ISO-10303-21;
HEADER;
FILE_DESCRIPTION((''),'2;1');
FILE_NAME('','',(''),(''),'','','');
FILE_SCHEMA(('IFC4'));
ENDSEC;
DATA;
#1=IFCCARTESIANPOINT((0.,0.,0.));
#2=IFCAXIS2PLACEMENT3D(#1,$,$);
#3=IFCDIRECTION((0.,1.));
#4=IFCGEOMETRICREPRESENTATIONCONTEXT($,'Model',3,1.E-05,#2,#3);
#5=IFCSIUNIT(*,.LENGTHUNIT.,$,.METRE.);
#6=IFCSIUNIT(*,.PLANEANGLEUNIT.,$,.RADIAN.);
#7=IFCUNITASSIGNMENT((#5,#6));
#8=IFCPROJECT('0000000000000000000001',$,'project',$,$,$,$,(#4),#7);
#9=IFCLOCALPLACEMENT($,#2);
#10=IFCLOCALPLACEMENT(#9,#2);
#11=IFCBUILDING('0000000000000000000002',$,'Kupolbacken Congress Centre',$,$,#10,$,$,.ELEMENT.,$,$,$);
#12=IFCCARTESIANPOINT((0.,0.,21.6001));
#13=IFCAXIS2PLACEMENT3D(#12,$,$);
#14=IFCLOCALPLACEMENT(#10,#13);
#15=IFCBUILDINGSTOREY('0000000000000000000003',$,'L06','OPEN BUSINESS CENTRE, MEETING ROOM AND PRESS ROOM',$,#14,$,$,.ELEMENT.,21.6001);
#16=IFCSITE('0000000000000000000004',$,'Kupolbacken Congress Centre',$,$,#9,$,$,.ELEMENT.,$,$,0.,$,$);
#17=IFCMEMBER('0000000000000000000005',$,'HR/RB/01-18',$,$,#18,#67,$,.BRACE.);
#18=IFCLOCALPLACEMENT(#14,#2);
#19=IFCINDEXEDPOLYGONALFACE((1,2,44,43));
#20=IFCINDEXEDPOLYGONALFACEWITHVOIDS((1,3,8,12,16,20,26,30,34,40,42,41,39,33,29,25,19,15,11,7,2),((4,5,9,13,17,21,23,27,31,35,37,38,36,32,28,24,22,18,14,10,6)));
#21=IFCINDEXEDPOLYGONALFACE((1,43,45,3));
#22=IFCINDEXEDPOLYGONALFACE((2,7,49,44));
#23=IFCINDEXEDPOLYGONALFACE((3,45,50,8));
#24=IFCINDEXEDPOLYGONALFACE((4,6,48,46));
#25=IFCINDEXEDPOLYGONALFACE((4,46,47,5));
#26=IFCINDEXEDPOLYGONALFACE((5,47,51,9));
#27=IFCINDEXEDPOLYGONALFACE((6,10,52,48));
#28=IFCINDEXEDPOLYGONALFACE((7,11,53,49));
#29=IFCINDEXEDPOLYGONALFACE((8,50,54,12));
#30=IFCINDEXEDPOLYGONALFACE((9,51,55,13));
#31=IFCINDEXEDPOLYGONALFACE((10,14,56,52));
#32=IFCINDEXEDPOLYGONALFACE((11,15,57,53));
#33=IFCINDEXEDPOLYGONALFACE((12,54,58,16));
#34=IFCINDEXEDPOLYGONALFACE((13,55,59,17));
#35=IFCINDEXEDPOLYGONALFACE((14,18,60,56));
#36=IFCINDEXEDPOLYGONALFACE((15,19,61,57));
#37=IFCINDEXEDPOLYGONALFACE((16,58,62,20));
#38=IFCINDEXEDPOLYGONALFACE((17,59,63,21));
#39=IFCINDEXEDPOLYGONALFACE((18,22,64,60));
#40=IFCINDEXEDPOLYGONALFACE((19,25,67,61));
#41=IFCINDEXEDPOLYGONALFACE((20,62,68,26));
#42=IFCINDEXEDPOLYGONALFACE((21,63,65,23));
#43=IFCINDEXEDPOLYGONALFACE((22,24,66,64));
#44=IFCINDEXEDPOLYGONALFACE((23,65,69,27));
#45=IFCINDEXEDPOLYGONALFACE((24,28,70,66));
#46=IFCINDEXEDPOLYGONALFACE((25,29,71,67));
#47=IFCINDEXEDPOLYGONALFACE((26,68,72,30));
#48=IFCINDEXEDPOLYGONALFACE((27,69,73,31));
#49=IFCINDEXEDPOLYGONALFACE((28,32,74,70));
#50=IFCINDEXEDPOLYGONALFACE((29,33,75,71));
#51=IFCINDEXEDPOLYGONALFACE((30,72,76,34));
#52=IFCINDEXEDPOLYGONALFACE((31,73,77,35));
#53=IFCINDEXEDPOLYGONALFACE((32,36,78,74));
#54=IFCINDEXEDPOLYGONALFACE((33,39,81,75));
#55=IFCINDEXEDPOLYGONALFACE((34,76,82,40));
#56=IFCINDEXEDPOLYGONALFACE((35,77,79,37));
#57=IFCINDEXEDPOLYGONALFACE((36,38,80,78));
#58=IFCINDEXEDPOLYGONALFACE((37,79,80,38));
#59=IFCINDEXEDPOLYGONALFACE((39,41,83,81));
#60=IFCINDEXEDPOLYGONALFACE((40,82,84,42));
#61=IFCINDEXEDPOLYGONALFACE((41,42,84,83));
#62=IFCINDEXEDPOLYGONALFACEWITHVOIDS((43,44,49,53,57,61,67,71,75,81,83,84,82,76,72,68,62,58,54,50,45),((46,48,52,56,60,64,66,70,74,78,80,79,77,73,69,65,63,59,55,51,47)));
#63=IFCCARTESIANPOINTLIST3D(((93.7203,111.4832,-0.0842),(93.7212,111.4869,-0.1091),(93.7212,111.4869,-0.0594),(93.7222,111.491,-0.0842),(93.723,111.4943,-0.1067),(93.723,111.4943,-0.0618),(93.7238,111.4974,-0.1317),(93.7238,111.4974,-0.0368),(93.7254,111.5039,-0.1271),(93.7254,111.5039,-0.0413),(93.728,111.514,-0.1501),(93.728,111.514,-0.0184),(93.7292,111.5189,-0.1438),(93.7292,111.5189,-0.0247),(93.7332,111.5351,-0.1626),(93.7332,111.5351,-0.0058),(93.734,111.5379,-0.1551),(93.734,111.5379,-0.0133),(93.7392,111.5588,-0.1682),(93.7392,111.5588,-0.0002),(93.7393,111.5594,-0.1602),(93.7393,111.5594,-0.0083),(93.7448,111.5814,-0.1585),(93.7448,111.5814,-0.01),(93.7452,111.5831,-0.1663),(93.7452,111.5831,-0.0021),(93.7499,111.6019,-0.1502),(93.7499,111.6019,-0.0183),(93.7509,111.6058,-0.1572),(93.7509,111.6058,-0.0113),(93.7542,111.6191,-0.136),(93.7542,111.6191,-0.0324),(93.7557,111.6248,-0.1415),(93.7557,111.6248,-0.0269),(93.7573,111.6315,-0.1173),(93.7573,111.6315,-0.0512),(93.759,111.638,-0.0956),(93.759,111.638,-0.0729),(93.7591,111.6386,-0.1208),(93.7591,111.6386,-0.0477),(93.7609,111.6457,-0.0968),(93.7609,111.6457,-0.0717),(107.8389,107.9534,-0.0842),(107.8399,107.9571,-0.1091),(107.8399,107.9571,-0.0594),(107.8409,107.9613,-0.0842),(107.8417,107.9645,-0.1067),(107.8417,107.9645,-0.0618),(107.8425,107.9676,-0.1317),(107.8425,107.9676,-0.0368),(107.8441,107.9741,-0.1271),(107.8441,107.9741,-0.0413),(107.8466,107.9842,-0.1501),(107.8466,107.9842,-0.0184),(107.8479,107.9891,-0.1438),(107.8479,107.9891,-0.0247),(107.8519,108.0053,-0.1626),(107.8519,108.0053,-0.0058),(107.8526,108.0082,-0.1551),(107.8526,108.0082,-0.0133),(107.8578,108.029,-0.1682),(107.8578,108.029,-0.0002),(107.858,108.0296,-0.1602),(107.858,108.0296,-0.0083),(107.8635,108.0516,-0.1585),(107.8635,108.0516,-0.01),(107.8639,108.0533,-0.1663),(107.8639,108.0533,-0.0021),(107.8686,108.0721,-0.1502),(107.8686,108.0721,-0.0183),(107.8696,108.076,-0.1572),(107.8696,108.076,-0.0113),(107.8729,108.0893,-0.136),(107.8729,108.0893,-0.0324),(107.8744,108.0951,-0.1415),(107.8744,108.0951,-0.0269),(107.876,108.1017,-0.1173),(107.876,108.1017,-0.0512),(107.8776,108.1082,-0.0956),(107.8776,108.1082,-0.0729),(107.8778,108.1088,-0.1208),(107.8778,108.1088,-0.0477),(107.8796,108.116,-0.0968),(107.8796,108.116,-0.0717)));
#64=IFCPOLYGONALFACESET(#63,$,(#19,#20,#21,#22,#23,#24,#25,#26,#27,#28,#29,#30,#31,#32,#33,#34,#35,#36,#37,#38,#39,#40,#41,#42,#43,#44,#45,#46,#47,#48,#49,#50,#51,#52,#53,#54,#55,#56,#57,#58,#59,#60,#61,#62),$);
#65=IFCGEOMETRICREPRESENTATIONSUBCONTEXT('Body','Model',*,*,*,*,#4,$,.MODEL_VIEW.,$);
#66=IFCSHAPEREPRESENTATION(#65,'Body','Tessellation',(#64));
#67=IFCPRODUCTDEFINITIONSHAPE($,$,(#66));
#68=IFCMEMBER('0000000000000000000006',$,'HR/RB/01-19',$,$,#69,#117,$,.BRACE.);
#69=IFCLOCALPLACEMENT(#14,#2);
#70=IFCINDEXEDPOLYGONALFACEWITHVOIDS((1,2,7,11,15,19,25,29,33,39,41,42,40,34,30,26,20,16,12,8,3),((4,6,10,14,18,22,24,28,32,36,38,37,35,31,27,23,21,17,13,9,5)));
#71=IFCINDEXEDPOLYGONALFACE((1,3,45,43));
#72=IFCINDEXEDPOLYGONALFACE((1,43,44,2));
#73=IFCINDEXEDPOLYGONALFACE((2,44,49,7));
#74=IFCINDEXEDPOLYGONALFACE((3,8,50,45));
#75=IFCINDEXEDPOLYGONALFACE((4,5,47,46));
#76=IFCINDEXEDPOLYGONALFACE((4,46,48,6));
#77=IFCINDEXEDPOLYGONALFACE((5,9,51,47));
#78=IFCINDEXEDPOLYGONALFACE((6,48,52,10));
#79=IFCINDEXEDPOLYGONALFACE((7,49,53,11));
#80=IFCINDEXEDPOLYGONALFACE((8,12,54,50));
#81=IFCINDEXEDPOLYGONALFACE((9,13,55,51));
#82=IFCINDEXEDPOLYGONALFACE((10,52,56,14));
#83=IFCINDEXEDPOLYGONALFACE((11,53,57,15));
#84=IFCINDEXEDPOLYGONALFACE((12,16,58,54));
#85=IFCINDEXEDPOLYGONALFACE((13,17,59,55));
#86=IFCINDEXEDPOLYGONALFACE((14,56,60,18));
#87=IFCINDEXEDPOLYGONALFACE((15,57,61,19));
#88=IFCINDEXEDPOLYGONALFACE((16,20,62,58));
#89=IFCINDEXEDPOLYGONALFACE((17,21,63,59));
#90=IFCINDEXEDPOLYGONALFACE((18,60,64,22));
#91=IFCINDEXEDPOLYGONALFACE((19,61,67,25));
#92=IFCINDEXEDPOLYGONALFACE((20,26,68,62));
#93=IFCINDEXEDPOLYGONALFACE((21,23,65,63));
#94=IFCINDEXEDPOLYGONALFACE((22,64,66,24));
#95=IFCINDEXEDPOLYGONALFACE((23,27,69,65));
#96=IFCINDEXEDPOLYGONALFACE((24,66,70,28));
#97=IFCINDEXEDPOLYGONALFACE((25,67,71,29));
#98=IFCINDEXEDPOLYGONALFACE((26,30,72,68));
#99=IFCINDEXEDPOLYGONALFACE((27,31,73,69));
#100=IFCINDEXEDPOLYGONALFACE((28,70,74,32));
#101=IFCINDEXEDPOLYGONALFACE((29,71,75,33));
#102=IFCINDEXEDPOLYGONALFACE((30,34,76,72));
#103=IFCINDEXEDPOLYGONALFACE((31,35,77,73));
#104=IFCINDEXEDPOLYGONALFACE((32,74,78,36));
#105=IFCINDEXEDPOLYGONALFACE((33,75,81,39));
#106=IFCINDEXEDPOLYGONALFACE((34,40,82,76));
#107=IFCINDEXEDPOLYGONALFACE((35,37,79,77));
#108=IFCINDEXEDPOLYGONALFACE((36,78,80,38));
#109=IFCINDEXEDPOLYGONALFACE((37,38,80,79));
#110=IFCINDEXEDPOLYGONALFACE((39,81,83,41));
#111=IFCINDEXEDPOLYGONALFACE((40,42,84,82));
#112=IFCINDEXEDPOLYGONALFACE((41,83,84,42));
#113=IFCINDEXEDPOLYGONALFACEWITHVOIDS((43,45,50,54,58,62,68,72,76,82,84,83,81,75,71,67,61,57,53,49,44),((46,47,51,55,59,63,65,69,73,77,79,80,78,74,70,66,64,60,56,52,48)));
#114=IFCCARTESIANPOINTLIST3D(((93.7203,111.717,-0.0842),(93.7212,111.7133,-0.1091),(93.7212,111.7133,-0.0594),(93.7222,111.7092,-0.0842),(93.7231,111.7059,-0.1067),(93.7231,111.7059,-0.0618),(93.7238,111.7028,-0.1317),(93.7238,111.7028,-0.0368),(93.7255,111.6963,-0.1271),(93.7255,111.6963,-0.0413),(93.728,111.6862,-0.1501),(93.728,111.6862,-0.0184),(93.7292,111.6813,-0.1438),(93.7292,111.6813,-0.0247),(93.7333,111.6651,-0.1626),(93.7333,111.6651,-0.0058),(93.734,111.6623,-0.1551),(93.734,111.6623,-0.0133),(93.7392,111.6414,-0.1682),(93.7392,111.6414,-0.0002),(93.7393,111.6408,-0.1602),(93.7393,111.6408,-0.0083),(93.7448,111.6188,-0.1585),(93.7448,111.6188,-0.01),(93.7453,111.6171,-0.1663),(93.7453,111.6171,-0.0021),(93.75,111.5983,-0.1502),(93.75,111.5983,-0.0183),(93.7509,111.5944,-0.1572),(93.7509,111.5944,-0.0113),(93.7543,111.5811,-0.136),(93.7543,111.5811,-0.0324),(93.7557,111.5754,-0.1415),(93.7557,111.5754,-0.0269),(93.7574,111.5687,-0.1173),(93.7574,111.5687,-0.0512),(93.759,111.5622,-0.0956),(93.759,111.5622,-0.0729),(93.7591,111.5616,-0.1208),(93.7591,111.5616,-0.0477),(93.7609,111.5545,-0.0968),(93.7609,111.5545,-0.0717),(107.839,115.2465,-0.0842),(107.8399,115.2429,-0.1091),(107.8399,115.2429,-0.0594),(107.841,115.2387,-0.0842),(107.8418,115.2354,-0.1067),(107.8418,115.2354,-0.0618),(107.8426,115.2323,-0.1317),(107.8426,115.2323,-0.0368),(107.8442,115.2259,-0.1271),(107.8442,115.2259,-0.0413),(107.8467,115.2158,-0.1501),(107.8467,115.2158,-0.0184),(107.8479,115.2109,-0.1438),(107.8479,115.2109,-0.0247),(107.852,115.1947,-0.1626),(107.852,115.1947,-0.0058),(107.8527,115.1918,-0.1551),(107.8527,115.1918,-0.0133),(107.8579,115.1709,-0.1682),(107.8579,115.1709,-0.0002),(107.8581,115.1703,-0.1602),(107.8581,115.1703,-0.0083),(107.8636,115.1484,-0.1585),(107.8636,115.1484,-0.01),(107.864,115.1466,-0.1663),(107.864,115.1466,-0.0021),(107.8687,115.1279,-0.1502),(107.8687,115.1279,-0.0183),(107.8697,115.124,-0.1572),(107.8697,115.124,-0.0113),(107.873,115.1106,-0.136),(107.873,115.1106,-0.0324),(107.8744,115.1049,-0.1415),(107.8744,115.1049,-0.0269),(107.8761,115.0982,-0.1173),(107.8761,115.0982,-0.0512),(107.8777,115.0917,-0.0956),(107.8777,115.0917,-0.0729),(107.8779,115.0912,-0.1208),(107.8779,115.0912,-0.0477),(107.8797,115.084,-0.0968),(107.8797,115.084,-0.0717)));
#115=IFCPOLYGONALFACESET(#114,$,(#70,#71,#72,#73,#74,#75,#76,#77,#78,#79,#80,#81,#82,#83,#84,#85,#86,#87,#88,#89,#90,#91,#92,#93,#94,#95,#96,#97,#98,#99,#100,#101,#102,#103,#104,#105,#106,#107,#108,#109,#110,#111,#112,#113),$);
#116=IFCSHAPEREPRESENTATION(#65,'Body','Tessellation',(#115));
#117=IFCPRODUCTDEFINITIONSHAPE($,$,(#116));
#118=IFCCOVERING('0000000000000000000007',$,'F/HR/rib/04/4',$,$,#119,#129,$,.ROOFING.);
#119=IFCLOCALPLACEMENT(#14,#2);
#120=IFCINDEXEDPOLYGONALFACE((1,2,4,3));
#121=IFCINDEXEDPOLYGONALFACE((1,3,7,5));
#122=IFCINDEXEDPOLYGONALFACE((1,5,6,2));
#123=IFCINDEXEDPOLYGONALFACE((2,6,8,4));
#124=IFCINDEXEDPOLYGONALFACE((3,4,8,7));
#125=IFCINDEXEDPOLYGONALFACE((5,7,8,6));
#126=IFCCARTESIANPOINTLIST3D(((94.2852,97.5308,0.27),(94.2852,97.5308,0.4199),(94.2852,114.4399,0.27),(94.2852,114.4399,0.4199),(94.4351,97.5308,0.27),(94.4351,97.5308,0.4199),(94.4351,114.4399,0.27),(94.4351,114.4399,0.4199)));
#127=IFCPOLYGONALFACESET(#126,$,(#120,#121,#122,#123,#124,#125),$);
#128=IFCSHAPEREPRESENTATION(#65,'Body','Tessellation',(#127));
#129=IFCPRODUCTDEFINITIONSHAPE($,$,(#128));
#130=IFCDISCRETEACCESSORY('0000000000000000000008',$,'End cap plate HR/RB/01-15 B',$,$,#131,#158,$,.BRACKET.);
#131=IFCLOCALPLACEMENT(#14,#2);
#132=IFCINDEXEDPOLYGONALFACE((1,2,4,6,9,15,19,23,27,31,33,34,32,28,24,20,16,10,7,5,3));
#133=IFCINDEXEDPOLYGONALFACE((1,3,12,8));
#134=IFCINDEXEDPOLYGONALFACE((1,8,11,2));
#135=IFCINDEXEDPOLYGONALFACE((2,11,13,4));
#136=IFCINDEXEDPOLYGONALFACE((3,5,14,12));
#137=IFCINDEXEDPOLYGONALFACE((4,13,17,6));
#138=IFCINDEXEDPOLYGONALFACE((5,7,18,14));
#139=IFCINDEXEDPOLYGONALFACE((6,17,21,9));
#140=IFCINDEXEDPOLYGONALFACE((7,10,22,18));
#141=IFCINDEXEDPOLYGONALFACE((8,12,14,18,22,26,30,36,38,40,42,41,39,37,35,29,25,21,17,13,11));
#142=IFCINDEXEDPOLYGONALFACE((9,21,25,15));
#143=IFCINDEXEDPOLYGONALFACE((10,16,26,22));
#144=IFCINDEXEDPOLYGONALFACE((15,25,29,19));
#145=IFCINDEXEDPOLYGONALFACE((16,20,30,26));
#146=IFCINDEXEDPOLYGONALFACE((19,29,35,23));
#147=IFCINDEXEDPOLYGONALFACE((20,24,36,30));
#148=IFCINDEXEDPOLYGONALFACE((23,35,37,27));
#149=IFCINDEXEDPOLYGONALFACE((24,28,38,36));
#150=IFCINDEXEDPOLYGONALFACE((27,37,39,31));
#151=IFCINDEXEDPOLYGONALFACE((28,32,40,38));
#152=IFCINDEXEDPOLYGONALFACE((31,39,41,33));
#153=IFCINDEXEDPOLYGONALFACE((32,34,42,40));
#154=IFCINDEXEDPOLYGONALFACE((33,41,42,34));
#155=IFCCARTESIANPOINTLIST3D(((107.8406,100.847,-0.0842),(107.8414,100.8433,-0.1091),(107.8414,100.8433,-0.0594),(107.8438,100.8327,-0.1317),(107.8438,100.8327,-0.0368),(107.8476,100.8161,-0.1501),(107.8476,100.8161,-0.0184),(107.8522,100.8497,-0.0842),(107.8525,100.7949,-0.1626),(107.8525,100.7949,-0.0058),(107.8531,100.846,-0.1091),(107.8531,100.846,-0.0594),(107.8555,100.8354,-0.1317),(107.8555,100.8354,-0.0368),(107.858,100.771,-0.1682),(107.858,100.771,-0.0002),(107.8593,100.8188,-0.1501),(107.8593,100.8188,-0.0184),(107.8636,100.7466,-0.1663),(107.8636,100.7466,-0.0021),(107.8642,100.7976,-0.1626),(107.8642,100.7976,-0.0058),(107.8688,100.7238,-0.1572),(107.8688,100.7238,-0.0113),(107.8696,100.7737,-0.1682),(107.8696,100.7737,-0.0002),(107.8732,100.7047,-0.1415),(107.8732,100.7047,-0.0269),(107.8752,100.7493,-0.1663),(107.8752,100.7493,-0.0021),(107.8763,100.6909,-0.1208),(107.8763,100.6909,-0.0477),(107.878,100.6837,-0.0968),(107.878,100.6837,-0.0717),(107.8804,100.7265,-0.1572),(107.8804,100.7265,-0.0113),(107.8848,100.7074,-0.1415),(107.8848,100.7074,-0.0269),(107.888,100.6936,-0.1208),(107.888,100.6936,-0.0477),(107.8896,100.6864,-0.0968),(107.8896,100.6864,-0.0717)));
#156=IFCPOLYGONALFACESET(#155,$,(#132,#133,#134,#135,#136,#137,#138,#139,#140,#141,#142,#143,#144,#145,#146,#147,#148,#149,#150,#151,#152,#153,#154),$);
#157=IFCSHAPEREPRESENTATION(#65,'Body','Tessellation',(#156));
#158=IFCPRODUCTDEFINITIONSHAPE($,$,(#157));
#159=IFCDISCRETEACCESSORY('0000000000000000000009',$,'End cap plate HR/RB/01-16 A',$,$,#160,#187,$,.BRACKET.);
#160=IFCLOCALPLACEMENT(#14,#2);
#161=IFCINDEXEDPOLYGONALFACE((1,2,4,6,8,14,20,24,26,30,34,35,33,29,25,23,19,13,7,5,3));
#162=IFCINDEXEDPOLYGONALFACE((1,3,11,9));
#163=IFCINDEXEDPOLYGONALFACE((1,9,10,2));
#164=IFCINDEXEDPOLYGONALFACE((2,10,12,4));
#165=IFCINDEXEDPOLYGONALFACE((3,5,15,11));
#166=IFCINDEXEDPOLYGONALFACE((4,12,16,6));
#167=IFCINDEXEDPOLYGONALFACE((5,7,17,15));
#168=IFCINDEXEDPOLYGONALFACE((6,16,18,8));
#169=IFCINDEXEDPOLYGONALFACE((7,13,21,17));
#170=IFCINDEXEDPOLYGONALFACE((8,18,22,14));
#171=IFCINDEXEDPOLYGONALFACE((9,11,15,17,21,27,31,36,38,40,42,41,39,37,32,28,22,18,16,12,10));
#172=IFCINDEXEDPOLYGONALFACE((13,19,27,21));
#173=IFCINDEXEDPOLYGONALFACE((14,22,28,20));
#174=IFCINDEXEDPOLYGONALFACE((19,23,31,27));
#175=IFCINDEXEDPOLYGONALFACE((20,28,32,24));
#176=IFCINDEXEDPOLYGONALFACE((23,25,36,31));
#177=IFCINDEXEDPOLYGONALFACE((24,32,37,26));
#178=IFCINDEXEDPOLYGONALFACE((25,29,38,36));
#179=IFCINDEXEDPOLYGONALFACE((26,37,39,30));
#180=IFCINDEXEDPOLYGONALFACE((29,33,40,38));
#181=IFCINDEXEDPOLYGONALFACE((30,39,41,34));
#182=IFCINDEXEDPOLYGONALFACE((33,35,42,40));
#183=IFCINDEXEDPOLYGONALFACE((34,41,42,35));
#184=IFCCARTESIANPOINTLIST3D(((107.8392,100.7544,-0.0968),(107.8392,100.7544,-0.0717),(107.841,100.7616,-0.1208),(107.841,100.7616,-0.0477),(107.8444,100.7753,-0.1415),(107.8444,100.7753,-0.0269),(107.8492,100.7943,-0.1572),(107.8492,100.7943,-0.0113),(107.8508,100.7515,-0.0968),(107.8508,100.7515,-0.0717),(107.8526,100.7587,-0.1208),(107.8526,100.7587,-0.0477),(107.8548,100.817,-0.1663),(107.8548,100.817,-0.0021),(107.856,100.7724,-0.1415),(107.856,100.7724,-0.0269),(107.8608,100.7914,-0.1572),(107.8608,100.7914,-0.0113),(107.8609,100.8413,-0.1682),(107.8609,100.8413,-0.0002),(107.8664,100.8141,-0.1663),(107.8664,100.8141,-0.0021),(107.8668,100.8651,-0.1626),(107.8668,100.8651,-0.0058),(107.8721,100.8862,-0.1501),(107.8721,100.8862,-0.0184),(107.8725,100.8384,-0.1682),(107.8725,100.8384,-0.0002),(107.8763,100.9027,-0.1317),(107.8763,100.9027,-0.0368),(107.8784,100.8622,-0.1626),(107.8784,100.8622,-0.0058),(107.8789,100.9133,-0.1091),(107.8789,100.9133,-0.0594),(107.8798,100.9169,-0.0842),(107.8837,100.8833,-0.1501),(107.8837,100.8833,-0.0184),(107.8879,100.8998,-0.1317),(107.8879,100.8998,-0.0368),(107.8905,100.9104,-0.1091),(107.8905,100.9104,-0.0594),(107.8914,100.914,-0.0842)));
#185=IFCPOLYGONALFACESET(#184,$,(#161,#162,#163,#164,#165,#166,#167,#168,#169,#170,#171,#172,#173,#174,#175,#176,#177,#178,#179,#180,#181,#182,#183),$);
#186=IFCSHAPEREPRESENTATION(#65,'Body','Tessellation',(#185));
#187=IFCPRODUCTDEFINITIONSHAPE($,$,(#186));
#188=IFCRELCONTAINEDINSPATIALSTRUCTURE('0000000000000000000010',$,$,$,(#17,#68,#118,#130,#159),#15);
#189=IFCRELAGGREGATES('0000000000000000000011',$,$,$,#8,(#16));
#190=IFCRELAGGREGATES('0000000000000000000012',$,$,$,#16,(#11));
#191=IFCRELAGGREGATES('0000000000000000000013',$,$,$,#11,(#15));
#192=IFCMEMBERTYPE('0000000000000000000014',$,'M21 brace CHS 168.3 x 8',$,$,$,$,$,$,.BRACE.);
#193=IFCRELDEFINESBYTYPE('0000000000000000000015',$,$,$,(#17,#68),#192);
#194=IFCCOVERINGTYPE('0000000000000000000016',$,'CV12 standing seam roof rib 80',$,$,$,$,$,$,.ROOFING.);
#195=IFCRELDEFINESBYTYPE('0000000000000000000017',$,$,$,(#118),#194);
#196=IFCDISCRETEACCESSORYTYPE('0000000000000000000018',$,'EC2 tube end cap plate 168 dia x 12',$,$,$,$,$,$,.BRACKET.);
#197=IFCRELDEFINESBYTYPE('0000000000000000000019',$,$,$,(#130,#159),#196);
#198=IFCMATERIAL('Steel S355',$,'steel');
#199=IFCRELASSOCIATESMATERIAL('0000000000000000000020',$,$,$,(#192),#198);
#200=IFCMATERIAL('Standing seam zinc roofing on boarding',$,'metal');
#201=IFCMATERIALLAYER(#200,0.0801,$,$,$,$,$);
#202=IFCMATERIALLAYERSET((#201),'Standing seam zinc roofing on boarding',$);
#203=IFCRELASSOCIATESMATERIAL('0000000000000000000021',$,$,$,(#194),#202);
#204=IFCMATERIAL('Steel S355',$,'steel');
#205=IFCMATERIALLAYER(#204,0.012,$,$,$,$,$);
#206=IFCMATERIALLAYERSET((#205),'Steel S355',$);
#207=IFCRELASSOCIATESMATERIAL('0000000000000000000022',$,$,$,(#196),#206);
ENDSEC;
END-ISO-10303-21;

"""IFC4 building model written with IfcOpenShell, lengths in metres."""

from ifc_helpers import new_model, si_unit, direction, frame, origin, origin_2d, place, context, subcontext, project, spatial, rectangle, circle, hollow_circle, extrude, material, layer, layer_set, material_profile, profile_set, type_object, element, save


model = new_model("IFC4")

# Units and contexts
model_context = context("Model", 3, precision=1e-05, world=origin(), true_north=direction((0.0, 1.0)))
body_context = subcontext(model_context, "Body", "Model", "MODEL_VIEW")
ifc_project = project(units=[si_unit("LENGTHUNIT", "METRE"), si_unit("PLANEANGLEUNIT", "RADIAN")], contexts=[model_context])

# Site, building, storey
site_placement = place(None, origin())
site = spatial("IfcSite", under=ifc_project, at=site_placement, Name="Kupolbacken Congress Centre", CompositionType="ELEMENT", RefElevation=0.0)
building_placement = place(site_placement, origin())
building = spatial("IfcBuilding", under=site, at=building_placement, Name="Kupolbacken Congress Centre", CompositionType="ELEMENT")
storey_placement = place(building_placement, frame((0.0, 0.0, 21.6001)))
storey = spatial("IfcBuildingStorey", under=building, at=storey_placement, Name="L06", Description="OPEN BUSINESS CENTRE, MEETING ROOM AND PRESS ROOM", CompositionType="ELEMENT", Elevation=21.6001)

# Members
ifc_material_1 = material(Name="Steel S355", Category="steel")
ifc_material_profile_1 = material_profile(ifc_material_1, hollow_circle(Radius=0.0842, WallThickness=0.0081, at=origin_2d()), Name="CHS 168.3 x 8")
ifc_profile_set_1 = profile_set([ifc_material_profile_1], Name="Steel S355")
member_type = type_object("IfcMemberType", Name="M21 brace CHS 168.3 x 8", PredefinedType="BRACE", material=ifc_profile_set_1)
for number, where, z_axis, x_axis, name in (
    (1, (107.8594, 108.0352, -0.0842), (-0.970141, 0.242544, 0.0), (-0.242544, -0.970141, 0.0), "HR/RB/01-18"),
    (2, (93.7407, 111.6353, -0.0842), (0.970144, 0.242528, 0.0), (-0.242528, 0.970144, 0.0), "HR/RB/01-19"),
):
    element("IfcMember", number, at=place(storey_placement, frame(where, z_axis=z_axis, x_axis=x_axis)), inside=storey, type_object=member_type, Name=name, PredefinedType="BRACE", context=body_context, shape_type="SweptSolid", body=[
        extrude(hollow_circle(Radius=0.0842, WallThickness=0.0081, at=origin_2d()), origin(), (0.0, 0.0, 1.0), 14.5532),
    ])

# Covering
ifc_material_2 = material(Name="Standing seam zinc roofing on boarding", Category="metal")
ifc_layer_1 = layer(ifc_material_2, 0.0801)
ifc_layer_set_1 = layer_set([ifc_layer_1], Name="Standing seam zinc roofing on boarding")
covering_type = type_object("IfcCoveringType", Name="CV12 standing seam roof rib 80", PredefinedType="ROOFING", material=ifc_layer_set_1)
covering_placement = place(storey_placement, frame((94.3601, 105.9854, 0.27), z_axis=(0.0, 0.0, 1.0), x_axis=(0.0, 1.0, 0.0)))
element("IfcCovering", 3, at=covering_placement, inside=storey, type_object=covering_type, Name="F/HR/rib/04/4", PredefinedType="ROOFING", context=body_context, shape_type="SweptSolid", body=[
    extrude(rectangle(XDim=16.9092, YDim=0.1499, at=origin_2d()), origin(), (0.0, 0.0, 1.0), 0.1499),
])

# Discrete accessories
ifc_material_3 = material(Name="Steel S355", Category="steel")
ifc_layer_2 = layer(ifc_material_3, 0.012)
ifc_layer_set_2 = layer_set([ifc_layer_2], Name="Steel S355")
discrete_accessory_type = type_object("IfcDiscreteAccessoryType", Name="EC2 tube end cap plate 168 dia x 12", PredefinedType="BRACKET", material=ifc_layer_set_2)
for number, where, z_axis, x_axis, name in (
    (4, (107.8594, 100.7649, -0.0842), (0.974732, 0.223376, 0.0), (-0.223376, 0.974732, 0.0), "End cap plate HR/RB/01-15 B"),
    (5, (107.8594, 100.8352, -0.0842), (0.970143, -0.242536, 0.0), (0.242536, 0.970143, 0.0), "End cap plate HR/RB/01-16 A"),
):
    element("IfcDiscreteAccessory", number, at=place(storey_placement, frame(where, z_axis=z_axis, x_axis=x_axis)), inside=storey, type_object=discrete_accessory_type, Name=name, PredefinedType="BRACKET", context=body_context, shape_type="SweptSolid", body=[
        extrude(circle(Radius=0.0842, at=origin_2d()), origin(), (0.0, 0.0, 1.0), 0.012),
    ])

save(model, "model.ifc")
